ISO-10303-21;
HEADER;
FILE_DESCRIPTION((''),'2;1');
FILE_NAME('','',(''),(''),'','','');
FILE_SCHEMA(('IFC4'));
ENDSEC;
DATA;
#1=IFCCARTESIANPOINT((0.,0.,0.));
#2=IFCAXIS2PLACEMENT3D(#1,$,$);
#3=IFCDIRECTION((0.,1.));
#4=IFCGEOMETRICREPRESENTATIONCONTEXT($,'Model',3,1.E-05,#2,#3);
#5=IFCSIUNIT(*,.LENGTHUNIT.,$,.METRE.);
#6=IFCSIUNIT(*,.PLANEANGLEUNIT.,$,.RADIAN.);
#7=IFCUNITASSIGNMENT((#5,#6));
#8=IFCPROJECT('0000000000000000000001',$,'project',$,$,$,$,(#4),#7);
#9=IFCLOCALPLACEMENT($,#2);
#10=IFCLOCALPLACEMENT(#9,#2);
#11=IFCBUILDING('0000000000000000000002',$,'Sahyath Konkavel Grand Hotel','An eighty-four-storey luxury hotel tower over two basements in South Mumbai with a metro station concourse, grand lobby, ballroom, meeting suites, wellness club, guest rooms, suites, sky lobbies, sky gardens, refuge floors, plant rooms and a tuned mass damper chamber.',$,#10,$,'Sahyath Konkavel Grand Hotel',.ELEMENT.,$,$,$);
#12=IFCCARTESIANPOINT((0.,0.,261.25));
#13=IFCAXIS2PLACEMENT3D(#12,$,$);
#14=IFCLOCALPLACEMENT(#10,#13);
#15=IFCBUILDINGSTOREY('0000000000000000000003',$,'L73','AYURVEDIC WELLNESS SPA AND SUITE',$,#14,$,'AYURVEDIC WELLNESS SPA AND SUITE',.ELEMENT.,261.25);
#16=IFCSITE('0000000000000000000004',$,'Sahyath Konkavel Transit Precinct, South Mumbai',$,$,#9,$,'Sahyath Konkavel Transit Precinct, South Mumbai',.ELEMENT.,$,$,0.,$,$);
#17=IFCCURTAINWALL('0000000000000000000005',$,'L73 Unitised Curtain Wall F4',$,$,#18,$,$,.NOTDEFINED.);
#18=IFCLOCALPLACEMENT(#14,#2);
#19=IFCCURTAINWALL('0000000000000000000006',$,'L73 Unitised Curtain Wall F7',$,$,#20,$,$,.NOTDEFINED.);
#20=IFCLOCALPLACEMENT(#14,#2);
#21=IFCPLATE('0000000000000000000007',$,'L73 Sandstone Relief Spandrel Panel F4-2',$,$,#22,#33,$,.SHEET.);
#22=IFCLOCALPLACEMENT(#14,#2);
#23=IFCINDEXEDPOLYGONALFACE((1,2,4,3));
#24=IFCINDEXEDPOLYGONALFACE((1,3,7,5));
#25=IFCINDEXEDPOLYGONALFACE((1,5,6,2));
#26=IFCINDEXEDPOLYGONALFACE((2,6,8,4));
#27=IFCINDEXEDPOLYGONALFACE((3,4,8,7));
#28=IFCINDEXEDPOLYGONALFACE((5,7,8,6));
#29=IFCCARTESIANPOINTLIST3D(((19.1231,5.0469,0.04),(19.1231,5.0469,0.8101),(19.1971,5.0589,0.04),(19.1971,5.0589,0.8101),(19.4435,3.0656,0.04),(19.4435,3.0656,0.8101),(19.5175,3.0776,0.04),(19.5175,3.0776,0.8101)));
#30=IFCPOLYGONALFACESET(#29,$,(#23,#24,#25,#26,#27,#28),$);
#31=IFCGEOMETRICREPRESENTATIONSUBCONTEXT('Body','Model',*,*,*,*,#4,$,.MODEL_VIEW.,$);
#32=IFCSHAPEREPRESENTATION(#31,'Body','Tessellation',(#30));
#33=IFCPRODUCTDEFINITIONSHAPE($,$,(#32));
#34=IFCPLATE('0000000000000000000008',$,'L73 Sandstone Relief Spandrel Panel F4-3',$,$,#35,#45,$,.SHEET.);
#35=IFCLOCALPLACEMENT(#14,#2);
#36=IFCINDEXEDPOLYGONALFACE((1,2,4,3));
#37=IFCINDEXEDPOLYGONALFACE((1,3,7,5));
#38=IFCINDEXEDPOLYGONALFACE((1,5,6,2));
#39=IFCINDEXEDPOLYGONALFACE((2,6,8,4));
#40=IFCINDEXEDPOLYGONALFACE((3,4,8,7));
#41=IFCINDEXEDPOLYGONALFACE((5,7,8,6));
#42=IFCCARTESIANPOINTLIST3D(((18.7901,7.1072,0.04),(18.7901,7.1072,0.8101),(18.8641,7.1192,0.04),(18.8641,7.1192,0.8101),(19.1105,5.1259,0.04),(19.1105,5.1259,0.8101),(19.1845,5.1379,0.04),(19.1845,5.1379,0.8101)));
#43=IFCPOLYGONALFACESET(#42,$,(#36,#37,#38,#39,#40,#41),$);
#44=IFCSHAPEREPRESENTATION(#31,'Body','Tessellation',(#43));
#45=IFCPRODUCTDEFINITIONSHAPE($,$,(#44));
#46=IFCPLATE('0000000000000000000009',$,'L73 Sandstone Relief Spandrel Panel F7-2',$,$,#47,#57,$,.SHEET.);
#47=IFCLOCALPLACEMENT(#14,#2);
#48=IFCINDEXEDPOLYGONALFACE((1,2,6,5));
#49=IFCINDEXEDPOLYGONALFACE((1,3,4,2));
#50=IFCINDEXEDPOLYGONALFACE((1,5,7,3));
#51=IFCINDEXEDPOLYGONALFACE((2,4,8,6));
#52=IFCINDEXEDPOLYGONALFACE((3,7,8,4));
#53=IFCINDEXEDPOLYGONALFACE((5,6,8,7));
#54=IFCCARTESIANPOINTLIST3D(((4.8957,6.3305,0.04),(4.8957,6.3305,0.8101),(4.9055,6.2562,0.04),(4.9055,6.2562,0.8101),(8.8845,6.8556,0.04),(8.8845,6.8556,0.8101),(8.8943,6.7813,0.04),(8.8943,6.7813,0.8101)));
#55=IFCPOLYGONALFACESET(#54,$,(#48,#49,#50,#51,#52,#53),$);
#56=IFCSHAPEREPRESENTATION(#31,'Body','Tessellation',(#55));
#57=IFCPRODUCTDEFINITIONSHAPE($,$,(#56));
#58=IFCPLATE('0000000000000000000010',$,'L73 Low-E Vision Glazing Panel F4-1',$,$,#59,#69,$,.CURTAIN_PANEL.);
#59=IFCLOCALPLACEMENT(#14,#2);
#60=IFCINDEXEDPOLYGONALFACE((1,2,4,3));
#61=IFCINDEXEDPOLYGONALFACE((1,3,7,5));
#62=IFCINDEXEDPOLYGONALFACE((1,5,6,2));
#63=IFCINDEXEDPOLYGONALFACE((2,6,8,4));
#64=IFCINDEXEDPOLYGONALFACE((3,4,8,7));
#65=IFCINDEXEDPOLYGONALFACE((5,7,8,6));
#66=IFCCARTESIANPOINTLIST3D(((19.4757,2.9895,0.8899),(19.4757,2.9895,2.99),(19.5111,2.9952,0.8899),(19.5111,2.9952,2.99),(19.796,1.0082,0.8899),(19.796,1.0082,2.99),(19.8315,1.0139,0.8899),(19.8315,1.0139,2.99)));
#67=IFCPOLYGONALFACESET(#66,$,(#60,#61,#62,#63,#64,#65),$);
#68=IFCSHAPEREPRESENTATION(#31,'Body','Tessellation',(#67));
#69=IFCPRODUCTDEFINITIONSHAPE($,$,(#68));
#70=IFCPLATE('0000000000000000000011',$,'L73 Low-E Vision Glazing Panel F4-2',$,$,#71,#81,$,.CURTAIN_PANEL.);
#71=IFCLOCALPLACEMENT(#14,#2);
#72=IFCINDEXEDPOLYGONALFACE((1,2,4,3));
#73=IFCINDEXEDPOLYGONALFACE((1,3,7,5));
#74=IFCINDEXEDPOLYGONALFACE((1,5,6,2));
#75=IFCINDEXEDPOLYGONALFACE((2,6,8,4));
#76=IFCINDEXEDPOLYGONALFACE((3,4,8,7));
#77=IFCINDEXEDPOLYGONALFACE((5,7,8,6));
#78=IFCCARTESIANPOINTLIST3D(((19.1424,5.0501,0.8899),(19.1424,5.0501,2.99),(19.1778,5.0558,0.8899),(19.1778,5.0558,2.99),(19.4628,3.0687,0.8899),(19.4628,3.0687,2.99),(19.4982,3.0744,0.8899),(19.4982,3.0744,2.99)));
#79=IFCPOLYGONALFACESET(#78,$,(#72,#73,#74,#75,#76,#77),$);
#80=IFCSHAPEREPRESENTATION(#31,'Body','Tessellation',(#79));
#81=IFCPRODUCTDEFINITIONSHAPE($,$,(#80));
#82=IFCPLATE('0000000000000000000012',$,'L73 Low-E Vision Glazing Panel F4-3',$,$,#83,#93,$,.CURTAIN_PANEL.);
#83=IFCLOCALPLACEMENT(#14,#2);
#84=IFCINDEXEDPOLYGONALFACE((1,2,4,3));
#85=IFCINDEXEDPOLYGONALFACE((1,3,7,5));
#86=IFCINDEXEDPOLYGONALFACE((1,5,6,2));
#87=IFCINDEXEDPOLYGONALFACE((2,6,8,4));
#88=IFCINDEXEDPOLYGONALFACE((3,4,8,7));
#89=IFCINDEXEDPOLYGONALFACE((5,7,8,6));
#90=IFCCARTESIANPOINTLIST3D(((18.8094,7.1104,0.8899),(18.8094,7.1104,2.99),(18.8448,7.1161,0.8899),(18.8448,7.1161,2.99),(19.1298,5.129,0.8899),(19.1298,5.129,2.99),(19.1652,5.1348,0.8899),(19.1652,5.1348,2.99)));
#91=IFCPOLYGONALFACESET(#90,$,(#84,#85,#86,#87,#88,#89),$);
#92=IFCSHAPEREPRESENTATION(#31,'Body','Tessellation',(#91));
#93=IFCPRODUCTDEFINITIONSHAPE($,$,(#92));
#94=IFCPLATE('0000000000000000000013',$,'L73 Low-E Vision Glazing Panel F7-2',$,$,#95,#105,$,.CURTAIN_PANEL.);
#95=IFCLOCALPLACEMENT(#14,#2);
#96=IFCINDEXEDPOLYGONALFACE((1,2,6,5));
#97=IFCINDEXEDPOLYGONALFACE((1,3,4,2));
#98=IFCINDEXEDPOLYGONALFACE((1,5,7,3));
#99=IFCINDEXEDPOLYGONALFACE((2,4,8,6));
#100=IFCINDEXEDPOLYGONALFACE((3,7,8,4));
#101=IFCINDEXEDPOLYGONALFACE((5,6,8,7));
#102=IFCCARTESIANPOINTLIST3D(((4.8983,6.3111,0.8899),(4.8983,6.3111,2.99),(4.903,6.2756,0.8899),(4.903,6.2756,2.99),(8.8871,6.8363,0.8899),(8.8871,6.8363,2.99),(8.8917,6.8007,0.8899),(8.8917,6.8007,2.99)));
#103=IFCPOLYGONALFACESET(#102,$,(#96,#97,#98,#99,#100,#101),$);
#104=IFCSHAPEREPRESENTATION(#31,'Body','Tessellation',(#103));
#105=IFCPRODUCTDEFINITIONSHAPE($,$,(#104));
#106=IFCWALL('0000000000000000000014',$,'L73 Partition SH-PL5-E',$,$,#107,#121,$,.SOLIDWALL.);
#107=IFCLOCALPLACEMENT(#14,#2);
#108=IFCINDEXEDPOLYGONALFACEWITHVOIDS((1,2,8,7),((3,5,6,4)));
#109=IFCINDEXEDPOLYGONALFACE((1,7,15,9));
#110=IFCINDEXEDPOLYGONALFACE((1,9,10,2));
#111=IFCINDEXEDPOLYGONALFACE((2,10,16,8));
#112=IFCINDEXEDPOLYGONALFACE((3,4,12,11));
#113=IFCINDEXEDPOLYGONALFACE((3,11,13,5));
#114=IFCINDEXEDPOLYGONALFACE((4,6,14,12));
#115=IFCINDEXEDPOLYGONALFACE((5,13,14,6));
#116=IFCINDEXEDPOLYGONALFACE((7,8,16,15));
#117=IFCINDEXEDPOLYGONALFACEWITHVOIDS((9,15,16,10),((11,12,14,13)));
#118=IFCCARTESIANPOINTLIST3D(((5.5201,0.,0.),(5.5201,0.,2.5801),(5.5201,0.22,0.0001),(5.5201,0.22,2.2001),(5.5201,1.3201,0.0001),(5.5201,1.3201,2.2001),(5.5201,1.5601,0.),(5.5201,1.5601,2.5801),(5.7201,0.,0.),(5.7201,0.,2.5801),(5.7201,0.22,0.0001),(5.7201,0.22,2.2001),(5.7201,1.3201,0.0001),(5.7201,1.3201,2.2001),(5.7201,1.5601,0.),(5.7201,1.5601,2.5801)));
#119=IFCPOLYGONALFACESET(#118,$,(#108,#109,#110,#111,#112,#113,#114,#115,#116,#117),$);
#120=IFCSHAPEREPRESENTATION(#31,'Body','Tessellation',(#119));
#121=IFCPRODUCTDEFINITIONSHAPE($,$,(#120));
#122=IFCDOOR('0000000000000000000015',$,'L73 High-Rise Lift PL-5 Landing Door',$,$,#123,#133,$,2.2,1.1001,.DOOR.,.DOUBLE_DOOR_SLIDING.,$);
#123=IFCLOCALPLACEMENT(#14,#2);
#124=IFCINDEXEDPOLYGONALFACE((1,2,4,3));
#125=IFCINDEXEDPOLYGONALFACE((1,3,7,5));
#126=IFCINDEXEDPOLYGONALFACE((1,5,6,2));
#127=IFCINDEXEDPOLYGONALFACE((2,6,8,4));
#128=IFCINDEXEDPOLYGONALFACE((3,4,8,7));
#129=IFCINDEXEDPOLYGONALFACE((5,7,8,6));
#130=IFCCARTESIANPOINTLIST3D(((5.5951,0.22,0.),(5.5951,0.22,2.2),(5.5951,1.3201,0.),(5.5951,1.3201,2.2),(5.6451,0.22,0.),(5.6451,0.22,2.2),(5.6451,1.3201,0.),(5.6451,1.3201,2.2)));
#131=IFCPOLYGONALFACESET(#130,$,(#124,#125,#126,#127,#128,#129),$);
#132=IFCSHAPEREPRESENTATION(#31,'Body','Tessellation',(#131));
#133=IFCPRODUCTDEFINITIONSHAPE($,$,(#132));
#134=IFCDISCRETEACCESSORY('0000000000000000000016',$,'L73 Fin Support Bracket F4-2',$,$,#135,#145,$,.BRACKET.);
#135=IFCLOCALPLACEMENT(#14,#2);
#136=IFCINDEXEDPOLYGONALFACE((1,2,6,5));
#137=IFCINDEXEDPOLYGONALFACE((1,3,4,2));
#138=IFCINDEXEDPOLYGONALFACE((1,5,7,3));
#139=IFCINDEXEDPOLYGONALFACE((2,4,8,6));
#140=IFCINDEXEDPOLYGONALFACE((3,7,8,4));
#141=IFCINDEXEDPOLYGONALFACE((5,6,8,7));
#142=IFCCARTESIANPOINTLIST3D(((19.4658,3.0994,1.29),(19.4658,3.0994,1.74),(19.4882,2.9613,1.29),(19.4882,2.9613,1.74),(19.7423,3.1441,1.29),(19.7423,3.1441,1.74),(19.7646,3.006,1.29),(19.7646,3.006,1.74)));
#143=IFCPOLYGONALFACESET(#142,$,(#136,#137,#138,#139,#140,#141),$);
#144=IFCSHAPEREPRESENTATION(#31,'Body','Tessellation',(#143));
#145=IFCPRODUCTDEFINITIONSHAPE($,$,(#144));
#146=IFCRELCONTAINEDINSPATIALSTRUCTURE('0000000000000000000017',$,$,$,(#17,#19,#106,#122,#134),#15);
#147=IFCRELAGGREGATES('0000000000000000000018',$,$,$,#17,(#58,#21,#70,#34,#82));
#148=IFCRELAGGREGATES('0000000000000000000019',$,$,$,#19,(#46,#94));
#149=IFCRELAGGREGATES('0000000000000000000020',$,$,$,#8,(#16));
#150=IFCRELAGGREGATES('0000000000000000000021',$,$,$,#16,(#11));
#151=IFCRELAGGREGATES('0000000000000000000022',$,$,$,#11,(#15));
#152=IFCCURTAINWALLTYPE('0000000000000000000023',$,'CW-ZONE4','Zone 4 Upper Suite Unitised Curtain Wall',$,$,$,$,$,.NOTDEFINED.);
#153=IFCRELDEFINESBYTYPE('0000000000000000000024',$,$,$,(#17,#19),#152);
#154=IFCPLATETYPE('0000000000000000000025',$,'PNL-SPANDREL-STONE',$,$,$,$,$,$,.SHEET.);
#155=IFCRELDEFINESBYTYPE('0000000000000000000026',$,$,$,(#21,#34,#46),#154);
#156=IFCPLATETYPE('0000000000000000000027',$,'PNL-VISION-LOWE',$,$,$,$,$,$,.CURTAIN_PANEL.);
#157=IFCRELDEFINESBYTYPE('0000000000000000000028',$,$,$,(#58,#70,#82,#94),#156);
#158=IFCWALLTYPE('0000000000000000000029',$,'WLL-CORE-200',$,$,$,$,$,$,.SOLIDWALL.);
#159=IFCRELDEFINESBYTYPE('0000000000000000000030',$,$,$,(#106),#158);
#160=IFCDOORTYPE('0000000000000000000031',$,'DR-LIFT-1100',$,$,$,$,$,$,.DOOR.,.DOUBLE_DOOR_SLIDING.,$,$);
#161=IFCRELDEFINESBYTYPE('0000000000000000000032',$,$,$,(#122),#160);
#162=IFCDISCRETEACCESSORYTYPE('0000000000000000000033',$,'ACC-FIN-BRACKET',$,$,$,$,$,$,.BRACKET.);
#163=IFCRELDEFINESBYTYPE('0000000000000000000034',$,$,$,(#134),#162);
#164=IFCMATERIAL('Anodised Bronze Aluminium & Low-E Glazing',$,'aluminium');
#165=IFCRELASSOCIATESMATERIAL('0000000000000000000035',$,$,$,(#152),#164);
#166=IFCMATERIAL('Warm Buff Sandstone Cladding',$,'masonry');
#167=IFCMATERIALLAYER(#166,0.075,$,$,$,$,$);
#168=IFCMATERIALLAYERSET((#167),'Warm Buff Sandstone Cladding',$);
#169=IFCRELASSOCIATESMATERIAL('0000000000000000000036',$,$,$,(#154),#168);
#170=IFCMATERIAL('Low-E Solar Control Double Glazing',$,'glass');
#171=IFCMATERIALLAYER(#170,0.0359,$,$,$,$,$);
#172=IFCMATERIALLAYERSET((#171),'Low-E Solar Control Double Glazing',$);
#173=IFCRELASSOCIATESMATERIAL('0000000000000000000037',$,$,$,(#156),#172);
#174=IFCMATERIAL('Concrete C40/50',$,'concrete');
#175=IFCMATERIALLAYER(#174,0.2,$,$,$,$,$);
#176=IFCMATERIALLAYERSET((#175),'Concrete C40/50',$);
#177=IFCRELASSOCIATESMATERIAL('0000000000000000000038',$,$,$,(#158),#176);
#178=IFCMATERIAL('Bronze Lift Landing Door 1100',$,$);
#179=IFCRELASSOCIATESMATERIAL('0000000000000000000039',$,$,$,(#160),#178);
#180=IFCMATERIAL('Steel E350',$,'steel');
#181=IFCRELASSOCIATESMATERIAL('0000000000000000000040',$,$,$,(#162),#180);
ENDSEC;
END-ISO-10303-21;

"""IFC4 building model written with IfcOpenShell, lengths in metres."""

from ifc_helpers import new_model, si_unit, direction, frame, frame_2d, origin, origin_2d, place, context, subcontext, project, spatial, rectangle, extrude, source, transform, mapped, material, layer, layer_set, type_object, element, fill, aggregate, save


model = new_model("IFC4")

# Units and contexts
model_context = context("Model", 3, precision=1e-05, world=origin(), true_north=direction((0.0, 1.0)))
body_context = subcontext(model_context, "Body", "Model", "MODEL_VIEW")
ifc_project = project(units=[si_unit("LENGTHUNIT", "METRE"), si_unit("PLANEANGLEUNIT", "RADIAN")], contexts=[model_context])

# Site, building, storey
site_placement = place(None, origin())
site = spatial("IfcSite", under=ifc_project, at=site_placement, Name="Sahyath Konkavel Transit Precinct, South Mumbai", LongName="Sahyath Konkavel Transit Precinct, South Mumbai", CompositionType="ELEMENT", RefElevation=0.0)
building_placement = place(site_placement, origin())
building = spatial("IfcBuilding", under=site, at=building_placement, Name="Sahyath Konkavel Grand Hotel", Description="An eighty-four-storey luxury hotel tower over two basements in South Mumbai with a metro station concourse, grand lobby, ballroom, meeting suites, wellness club, guest rooms, suites, sky lobbies, sky gardens, refuge floors, plant rooms and a tuned mass damper chamber.", LongName="Sahyath Konkavel Grand Hotel", CompositionType="ELEMENT")
storey_placement = place(building_placement, frame((0.0, 0.0, 261.25)))
storey = spatial("IfcBuildingStorey", under=building, at=storey_placement, Name="L73", Description="AYURVEDIC WELLNESS SPA AND SUITE", LongName="AYURVEDIC WELLNESS SPA AND SUITE", CompositionType="ELEMENT", Elevation=261.25)

# Shared definitions
ifc_material_1 = material(Name="Concrete C40/50", Category="concrete")

# Shared definitions
ifc_material_2 = material(Name="Steel E350", Category="steel")

# Curtain wall
ifc_material_3 = material(Name="Anodised Bronze Aluminium & Low-E Glazing", Category="aluminium")
curtain_wall_type = type_object("IfcCurtainWallType", Name="CW-ZONE4", Description="Zone 4 Upper Suite Unitised Curtain Wall", PredefinedType="NOTDEFINED", material=ifc_material_3)
curtain_wall_1_placement = place(storey_placement, origin())
curtain_wall_1 = element("IfcCurtainWall", 1, at=curtain_wall_1_placement, inside=storey, type_object=curtain_wall_type, Name="L73 Unitised Curtain Wall F4", PredefinedType="NOTDEFINED")

# Curtain wall
curtain_wall_2_placement = place(storey_placement, origin())
curtain_wall_2 = element("IfcCurtainWall", 2, at=curtain_wall_2_placement, inside=storey, type_object=curtain_wall_type, Name="L73 Unitised Curtain Wall F7", PredefinedType="NOTDEFINED")

# Plates
ifc_material_4 = material(Name="Warm Buff Sandstone Cladding", Category="masonry")
ifc_layer_1 = layer(ifc_material_4, 0.075)
ifc_layer_set_1 = layer_set([ifc_layer_1], Name="Warm Buff Sandstone Cladding")
plate_type_1 = type_object("IfcPlateType", Name="PNL-SPANDREL-STONE", PredefinedType="SHEET", material=ifc_layer_set_1)
shared_shape_1 = source(origin(), body_context, "Body", "SweptSolid", [
    extrude(rectangle(XDim=2.0071, YDim=0.075, at=origin_2d()), origin(), (0.0, 0.0, 1.0), 0.77),
])
plate_1_placement = place(storey_placement, frame((19.3203, 4.0623, 0.04), z_axis=(0.0, 0.0, 1.0), x_axis=(-0.159623, 0.987178, 0.0)))
plate_1 = element("IfcPlate", 3, at=plate_1_placement, type_object=plate_type_1, Name="L73 Sandstone Relief Spandrel Panel F4-2", PredefinedType="SHEET", context=body_context, shape_type="MappedRepresentation", body=[
    mapped(shared_shape_1, transform((0.0, 0.0, 0.0), scale=1.0)),
])
plate_2_placement = place(storey_placement, frame((18.9873, 6.1226, 0.04), z_axis=(0.0, 0.0, 1.0), x_axis=(-0.159623, 0.987178, 0.0)))
plate_2 = element("IfcPlate", 4, at=plate_2_placement, type_object=plate_type_1, Name="L73 Sandstone Relief Spandrel Panel F4-3", PredefinedType="SHEET", context=body_context, shape_type="MappedRepresentation", body=[
    mapped(shared_shape_1, transform((0.0, 0.0, 0.0), scale=1.0)),
])
shared_shape_2 = source(origin(), body_context, "Body", "SweptSolid", [
    extrude(rectangle(XDim=4.0232, YDim=0.075, at=origin_2d()), origin(), (0.0, 0.0, 1.0), 0.77),
])
plate_3_placement = place(storey_placement, frame((6.895, 6.5559, 0.04), z_axis=(0.0, 0.0, 1.0), x_axis=(-0.991445, -0.130526, 0.0)))
plate_3 = element("IfcPlate", 5, at=plate_3_placement, type_object=plate_type_1, Name="L73 Sandstone Relief Spandrel Panel F7-2", PredefinedType="SHEET", context=body_context, shape_type="MappedRepresentation", body=[
    mapped(shared_shape_2, transform((0.0, 0.0, 0.0), scale=1.0)),
])
ifc_material_5 = material(Name="Low-E Solar Control Double Glazing", Category="glass")
ifc_layer_2 = layer(ifc_material_5, 0.0359)
ifc_layer_set_2 = layer_set([ifc_layer_2], Name="Low-E Solar Control Double Glazing")
plate_type_2 = type_object("IfcPlateType", Name="PNL-VISION-LOWE", PredefinedType="CURTAIN_PANEL", material=ifc_layer_set_2)
shared_shape_3 = source(origin(), body_context, "Body", "SweptSolid", [
    extrude(rectangle(XDim=2.0071, YDim=0.0359, at=origin_2d()), origin(), (0.0, 0.0, 1.0), 2.1001),
])
plate_4_placement = place(storey_placement, frame((19.6536, 2.0017, 0.8899), z_axis=(0.0, 0.0, 1.0), x_axis=(-0.159623, 0.987178, 0.0)))
plate_4 = element("IfcPlate", 6, at=plate_4_placement, type_object=plate_type_2, Name="L73 Low-E Vision Glazing Panel F4-1", PredefinedType="CURTAIN_PANEL", context=body_context, shape_type="MappedRepresentation", body=[
    mapped(shared_shape_3, transform((0.0, 0.0, 0.0), scale=1.0)),
])
plate_5_placement = place(storey_placement, frame((19.3203, 4.0623, 0.8899), z_axis=(0.0, 0.0, 1.0), x_axis=(-0.159623, 0.987178, 0.0)))
plate_5 = element("IfcPlate", 7, at=plate_5_placement, type_object=plate_type_2, Name="L73 Low-E Vision Glazing Panel F4-2", PredefinedType="CURTAIN_PANEL", context=body_context, shape_type="MappedRepresentation", body=[
    mapped(shared_shape_3, transform((0.0, 0.0, 0.0), scale=1.0)),
])
plate_6_placement = place(storey_placement, frame((18.9873, 6.1226, 0.8899), z_axis=(0.0, 0.0, 1.0), x_axis=(-0.159623, 0.987178, 0.0)))
plate_6 = element("IfcPlate", 8, at=plate_6_placement, type_object=plate_type_2, Name="L73 Low-E Vision Glazing Panel F4-3", PredefinedType="CURTAIN_PANEL", context=body_context, shape_type="MappedRepresentation", body=[
    mapped(shared_shape_3, transform((0.0, 0.0, 0.0), scale=1.0)),
])
aggregate(curtain_wall_1, [plate_4, plate_1, plate_5, plate_2, plate_6])
shared_shape_4 = source(origin(), body_context, "Body", "SweptSolid", [
    extrude(rectangle(XDim=4.0232, YDim=0.0359, at=origin_2d()), origin(), (0.0, 0.0, 1.0), 2.1001),
])
plate_7_placement = place(storey_placement, frame((6.895, 6.5559, 0.8899), z_axis=(0.0, 0.0, 1.0), x_axis=(-0.991445, -0.130526, 0.0)))
plate_7 = element("IfcPlate", 9, at=plate_7_placement, type_object=plate_type_2, Name="L73 Low-E Vision Glazing Panel F7-2", PredefinedType="CURTAIN_PANEL", context=body_context, shape_type="MappedRepresentation", body=[
    mapped(shared_shape_4, transform((0.0, 0.0, 0.0), scale=1.0)),
])
aggregate(curtain_wall_2, [plate_3, plate_7])

# Wall, opening, door
ifc_layer_3 = layer(ifc_material_1, 0.2)
ifc_layer_set_3 = layer_set([ifc_layer_3], Name="Concrete C40/50")
wall_type = type_object("IfcWallType", Name="WLL-CORE-200", PredefinedType="SOLIDWALL", material=ifc_layer_set_3)
wall_placement = place(storey_placement, frame((5.6201, 0.0, 0.0), z_axis=(0.0, 0.0, 1.0), x_axis=(0.0, 1.0, 0.0)))
wall = element("IfcWall", 10, at=wall_placement, inside=storey, type_object=wall_type, Name="L73 Partition SH-PL5-E", PredefinedType="SOLIDWALL", context=body_context, shape_type="SweptSolid", body=[
    extrude(rectangle(XDim=1.5601, YDim=0.2, at=frame_2d((0.78, 0.0))), origin(), (0.0, 0.0, 1.0), 2.5801),
])
opening_placement = place(wall_placement, frame((0.22, 0.0, 0.0)))
opening = element("IfcOpeningElement", 11, at=opening_placement, cuts=wall, PredefinedType="OPENING", context=body_context, shape_type="SweptSolid", body=[
    extrude(rectangle(XDim=1.1001, YDim=2.2, at=frame_2d((0.55, 1.1001))), frame((0.0, 0.1099, 0.0), z_axis=(0.0, -1.0, 0.0), x_axis=(1.0, 0.0, 0.0)), (0.0, 0.0, 1.0), 0.22),
])
ifc_material_6 = material(Name="Bronze Lift Landing Door 1100")
door_type = type_object("IfcDoorType", Name="DR-LIFT-1100", OperationType="DOUBLE_DOOR_SLIDING", PredefinedType="DOOR", material=ifc_material_6)
shared_shape_5 = source(origin(), body_context, "Body", "SweptSolid", [
    extrude(rectangle(XDim=1.1001, YDim=0.05, at=origin_2d()), origin(), (0.0, 0.0, 1.0), 2.2),
])
door_placement = place(opening_placement, frame((0.55, 0.0, 0.0)))
door = element("IfcDoor", 12, at=door_placement, inside=storey, type_object=door_type, Name="L73 High-Rise Lift PL-5 Landing Door", OperationType="DOUBLE_DOOR_SLIDING", OverallHeight=2.2, OverallWidth=1.1001, PredefinedType="DOOR", context=body_context, shape_type="MappedRepresentation", body=[
    mapped(shared_shape_5, transform((0.0, 0.0, 0.0), scale=1.0)),
])
fill(opening, door)

# Discrete accessory
discrete_accessory_type = type_object("IfcDiscreteAccessoryType", Name="ACC-FIN-BRACKET", PredefinedType="BRACKET", material=ifc_material_2)
shared_shape_6 = source(origin(), body_context, "Body", "SweptSolid", [
    extrude(rectangle(XDim=0.28, YDim=0.1399, at=origin_2d()), origin(), (0.0, 0.0, 1.0), 0.45),
])
discrete_accessory_placement = place(storey_placement, frame((19.6152, 3.0527, 1.29), z_axis=(0.0, 0.0, 1.0), x_axis=(0.987178, 0.159623, 0.0)))
element("IfcDiscreteAccessory", 13, at=discrete_accessory_placement, inside=storey, type_object=discrete_accessory_type, Name="L73 Fin Support Bracket F4-2", PredefinedType="BRACKET", context=body_context, shape_type="MappedRepresentation", body=[
    mapped(shared_shape_6, transform((0.0, 0.0, 0.0), scale=1.0)),
])

save(model, "model.ifc")
